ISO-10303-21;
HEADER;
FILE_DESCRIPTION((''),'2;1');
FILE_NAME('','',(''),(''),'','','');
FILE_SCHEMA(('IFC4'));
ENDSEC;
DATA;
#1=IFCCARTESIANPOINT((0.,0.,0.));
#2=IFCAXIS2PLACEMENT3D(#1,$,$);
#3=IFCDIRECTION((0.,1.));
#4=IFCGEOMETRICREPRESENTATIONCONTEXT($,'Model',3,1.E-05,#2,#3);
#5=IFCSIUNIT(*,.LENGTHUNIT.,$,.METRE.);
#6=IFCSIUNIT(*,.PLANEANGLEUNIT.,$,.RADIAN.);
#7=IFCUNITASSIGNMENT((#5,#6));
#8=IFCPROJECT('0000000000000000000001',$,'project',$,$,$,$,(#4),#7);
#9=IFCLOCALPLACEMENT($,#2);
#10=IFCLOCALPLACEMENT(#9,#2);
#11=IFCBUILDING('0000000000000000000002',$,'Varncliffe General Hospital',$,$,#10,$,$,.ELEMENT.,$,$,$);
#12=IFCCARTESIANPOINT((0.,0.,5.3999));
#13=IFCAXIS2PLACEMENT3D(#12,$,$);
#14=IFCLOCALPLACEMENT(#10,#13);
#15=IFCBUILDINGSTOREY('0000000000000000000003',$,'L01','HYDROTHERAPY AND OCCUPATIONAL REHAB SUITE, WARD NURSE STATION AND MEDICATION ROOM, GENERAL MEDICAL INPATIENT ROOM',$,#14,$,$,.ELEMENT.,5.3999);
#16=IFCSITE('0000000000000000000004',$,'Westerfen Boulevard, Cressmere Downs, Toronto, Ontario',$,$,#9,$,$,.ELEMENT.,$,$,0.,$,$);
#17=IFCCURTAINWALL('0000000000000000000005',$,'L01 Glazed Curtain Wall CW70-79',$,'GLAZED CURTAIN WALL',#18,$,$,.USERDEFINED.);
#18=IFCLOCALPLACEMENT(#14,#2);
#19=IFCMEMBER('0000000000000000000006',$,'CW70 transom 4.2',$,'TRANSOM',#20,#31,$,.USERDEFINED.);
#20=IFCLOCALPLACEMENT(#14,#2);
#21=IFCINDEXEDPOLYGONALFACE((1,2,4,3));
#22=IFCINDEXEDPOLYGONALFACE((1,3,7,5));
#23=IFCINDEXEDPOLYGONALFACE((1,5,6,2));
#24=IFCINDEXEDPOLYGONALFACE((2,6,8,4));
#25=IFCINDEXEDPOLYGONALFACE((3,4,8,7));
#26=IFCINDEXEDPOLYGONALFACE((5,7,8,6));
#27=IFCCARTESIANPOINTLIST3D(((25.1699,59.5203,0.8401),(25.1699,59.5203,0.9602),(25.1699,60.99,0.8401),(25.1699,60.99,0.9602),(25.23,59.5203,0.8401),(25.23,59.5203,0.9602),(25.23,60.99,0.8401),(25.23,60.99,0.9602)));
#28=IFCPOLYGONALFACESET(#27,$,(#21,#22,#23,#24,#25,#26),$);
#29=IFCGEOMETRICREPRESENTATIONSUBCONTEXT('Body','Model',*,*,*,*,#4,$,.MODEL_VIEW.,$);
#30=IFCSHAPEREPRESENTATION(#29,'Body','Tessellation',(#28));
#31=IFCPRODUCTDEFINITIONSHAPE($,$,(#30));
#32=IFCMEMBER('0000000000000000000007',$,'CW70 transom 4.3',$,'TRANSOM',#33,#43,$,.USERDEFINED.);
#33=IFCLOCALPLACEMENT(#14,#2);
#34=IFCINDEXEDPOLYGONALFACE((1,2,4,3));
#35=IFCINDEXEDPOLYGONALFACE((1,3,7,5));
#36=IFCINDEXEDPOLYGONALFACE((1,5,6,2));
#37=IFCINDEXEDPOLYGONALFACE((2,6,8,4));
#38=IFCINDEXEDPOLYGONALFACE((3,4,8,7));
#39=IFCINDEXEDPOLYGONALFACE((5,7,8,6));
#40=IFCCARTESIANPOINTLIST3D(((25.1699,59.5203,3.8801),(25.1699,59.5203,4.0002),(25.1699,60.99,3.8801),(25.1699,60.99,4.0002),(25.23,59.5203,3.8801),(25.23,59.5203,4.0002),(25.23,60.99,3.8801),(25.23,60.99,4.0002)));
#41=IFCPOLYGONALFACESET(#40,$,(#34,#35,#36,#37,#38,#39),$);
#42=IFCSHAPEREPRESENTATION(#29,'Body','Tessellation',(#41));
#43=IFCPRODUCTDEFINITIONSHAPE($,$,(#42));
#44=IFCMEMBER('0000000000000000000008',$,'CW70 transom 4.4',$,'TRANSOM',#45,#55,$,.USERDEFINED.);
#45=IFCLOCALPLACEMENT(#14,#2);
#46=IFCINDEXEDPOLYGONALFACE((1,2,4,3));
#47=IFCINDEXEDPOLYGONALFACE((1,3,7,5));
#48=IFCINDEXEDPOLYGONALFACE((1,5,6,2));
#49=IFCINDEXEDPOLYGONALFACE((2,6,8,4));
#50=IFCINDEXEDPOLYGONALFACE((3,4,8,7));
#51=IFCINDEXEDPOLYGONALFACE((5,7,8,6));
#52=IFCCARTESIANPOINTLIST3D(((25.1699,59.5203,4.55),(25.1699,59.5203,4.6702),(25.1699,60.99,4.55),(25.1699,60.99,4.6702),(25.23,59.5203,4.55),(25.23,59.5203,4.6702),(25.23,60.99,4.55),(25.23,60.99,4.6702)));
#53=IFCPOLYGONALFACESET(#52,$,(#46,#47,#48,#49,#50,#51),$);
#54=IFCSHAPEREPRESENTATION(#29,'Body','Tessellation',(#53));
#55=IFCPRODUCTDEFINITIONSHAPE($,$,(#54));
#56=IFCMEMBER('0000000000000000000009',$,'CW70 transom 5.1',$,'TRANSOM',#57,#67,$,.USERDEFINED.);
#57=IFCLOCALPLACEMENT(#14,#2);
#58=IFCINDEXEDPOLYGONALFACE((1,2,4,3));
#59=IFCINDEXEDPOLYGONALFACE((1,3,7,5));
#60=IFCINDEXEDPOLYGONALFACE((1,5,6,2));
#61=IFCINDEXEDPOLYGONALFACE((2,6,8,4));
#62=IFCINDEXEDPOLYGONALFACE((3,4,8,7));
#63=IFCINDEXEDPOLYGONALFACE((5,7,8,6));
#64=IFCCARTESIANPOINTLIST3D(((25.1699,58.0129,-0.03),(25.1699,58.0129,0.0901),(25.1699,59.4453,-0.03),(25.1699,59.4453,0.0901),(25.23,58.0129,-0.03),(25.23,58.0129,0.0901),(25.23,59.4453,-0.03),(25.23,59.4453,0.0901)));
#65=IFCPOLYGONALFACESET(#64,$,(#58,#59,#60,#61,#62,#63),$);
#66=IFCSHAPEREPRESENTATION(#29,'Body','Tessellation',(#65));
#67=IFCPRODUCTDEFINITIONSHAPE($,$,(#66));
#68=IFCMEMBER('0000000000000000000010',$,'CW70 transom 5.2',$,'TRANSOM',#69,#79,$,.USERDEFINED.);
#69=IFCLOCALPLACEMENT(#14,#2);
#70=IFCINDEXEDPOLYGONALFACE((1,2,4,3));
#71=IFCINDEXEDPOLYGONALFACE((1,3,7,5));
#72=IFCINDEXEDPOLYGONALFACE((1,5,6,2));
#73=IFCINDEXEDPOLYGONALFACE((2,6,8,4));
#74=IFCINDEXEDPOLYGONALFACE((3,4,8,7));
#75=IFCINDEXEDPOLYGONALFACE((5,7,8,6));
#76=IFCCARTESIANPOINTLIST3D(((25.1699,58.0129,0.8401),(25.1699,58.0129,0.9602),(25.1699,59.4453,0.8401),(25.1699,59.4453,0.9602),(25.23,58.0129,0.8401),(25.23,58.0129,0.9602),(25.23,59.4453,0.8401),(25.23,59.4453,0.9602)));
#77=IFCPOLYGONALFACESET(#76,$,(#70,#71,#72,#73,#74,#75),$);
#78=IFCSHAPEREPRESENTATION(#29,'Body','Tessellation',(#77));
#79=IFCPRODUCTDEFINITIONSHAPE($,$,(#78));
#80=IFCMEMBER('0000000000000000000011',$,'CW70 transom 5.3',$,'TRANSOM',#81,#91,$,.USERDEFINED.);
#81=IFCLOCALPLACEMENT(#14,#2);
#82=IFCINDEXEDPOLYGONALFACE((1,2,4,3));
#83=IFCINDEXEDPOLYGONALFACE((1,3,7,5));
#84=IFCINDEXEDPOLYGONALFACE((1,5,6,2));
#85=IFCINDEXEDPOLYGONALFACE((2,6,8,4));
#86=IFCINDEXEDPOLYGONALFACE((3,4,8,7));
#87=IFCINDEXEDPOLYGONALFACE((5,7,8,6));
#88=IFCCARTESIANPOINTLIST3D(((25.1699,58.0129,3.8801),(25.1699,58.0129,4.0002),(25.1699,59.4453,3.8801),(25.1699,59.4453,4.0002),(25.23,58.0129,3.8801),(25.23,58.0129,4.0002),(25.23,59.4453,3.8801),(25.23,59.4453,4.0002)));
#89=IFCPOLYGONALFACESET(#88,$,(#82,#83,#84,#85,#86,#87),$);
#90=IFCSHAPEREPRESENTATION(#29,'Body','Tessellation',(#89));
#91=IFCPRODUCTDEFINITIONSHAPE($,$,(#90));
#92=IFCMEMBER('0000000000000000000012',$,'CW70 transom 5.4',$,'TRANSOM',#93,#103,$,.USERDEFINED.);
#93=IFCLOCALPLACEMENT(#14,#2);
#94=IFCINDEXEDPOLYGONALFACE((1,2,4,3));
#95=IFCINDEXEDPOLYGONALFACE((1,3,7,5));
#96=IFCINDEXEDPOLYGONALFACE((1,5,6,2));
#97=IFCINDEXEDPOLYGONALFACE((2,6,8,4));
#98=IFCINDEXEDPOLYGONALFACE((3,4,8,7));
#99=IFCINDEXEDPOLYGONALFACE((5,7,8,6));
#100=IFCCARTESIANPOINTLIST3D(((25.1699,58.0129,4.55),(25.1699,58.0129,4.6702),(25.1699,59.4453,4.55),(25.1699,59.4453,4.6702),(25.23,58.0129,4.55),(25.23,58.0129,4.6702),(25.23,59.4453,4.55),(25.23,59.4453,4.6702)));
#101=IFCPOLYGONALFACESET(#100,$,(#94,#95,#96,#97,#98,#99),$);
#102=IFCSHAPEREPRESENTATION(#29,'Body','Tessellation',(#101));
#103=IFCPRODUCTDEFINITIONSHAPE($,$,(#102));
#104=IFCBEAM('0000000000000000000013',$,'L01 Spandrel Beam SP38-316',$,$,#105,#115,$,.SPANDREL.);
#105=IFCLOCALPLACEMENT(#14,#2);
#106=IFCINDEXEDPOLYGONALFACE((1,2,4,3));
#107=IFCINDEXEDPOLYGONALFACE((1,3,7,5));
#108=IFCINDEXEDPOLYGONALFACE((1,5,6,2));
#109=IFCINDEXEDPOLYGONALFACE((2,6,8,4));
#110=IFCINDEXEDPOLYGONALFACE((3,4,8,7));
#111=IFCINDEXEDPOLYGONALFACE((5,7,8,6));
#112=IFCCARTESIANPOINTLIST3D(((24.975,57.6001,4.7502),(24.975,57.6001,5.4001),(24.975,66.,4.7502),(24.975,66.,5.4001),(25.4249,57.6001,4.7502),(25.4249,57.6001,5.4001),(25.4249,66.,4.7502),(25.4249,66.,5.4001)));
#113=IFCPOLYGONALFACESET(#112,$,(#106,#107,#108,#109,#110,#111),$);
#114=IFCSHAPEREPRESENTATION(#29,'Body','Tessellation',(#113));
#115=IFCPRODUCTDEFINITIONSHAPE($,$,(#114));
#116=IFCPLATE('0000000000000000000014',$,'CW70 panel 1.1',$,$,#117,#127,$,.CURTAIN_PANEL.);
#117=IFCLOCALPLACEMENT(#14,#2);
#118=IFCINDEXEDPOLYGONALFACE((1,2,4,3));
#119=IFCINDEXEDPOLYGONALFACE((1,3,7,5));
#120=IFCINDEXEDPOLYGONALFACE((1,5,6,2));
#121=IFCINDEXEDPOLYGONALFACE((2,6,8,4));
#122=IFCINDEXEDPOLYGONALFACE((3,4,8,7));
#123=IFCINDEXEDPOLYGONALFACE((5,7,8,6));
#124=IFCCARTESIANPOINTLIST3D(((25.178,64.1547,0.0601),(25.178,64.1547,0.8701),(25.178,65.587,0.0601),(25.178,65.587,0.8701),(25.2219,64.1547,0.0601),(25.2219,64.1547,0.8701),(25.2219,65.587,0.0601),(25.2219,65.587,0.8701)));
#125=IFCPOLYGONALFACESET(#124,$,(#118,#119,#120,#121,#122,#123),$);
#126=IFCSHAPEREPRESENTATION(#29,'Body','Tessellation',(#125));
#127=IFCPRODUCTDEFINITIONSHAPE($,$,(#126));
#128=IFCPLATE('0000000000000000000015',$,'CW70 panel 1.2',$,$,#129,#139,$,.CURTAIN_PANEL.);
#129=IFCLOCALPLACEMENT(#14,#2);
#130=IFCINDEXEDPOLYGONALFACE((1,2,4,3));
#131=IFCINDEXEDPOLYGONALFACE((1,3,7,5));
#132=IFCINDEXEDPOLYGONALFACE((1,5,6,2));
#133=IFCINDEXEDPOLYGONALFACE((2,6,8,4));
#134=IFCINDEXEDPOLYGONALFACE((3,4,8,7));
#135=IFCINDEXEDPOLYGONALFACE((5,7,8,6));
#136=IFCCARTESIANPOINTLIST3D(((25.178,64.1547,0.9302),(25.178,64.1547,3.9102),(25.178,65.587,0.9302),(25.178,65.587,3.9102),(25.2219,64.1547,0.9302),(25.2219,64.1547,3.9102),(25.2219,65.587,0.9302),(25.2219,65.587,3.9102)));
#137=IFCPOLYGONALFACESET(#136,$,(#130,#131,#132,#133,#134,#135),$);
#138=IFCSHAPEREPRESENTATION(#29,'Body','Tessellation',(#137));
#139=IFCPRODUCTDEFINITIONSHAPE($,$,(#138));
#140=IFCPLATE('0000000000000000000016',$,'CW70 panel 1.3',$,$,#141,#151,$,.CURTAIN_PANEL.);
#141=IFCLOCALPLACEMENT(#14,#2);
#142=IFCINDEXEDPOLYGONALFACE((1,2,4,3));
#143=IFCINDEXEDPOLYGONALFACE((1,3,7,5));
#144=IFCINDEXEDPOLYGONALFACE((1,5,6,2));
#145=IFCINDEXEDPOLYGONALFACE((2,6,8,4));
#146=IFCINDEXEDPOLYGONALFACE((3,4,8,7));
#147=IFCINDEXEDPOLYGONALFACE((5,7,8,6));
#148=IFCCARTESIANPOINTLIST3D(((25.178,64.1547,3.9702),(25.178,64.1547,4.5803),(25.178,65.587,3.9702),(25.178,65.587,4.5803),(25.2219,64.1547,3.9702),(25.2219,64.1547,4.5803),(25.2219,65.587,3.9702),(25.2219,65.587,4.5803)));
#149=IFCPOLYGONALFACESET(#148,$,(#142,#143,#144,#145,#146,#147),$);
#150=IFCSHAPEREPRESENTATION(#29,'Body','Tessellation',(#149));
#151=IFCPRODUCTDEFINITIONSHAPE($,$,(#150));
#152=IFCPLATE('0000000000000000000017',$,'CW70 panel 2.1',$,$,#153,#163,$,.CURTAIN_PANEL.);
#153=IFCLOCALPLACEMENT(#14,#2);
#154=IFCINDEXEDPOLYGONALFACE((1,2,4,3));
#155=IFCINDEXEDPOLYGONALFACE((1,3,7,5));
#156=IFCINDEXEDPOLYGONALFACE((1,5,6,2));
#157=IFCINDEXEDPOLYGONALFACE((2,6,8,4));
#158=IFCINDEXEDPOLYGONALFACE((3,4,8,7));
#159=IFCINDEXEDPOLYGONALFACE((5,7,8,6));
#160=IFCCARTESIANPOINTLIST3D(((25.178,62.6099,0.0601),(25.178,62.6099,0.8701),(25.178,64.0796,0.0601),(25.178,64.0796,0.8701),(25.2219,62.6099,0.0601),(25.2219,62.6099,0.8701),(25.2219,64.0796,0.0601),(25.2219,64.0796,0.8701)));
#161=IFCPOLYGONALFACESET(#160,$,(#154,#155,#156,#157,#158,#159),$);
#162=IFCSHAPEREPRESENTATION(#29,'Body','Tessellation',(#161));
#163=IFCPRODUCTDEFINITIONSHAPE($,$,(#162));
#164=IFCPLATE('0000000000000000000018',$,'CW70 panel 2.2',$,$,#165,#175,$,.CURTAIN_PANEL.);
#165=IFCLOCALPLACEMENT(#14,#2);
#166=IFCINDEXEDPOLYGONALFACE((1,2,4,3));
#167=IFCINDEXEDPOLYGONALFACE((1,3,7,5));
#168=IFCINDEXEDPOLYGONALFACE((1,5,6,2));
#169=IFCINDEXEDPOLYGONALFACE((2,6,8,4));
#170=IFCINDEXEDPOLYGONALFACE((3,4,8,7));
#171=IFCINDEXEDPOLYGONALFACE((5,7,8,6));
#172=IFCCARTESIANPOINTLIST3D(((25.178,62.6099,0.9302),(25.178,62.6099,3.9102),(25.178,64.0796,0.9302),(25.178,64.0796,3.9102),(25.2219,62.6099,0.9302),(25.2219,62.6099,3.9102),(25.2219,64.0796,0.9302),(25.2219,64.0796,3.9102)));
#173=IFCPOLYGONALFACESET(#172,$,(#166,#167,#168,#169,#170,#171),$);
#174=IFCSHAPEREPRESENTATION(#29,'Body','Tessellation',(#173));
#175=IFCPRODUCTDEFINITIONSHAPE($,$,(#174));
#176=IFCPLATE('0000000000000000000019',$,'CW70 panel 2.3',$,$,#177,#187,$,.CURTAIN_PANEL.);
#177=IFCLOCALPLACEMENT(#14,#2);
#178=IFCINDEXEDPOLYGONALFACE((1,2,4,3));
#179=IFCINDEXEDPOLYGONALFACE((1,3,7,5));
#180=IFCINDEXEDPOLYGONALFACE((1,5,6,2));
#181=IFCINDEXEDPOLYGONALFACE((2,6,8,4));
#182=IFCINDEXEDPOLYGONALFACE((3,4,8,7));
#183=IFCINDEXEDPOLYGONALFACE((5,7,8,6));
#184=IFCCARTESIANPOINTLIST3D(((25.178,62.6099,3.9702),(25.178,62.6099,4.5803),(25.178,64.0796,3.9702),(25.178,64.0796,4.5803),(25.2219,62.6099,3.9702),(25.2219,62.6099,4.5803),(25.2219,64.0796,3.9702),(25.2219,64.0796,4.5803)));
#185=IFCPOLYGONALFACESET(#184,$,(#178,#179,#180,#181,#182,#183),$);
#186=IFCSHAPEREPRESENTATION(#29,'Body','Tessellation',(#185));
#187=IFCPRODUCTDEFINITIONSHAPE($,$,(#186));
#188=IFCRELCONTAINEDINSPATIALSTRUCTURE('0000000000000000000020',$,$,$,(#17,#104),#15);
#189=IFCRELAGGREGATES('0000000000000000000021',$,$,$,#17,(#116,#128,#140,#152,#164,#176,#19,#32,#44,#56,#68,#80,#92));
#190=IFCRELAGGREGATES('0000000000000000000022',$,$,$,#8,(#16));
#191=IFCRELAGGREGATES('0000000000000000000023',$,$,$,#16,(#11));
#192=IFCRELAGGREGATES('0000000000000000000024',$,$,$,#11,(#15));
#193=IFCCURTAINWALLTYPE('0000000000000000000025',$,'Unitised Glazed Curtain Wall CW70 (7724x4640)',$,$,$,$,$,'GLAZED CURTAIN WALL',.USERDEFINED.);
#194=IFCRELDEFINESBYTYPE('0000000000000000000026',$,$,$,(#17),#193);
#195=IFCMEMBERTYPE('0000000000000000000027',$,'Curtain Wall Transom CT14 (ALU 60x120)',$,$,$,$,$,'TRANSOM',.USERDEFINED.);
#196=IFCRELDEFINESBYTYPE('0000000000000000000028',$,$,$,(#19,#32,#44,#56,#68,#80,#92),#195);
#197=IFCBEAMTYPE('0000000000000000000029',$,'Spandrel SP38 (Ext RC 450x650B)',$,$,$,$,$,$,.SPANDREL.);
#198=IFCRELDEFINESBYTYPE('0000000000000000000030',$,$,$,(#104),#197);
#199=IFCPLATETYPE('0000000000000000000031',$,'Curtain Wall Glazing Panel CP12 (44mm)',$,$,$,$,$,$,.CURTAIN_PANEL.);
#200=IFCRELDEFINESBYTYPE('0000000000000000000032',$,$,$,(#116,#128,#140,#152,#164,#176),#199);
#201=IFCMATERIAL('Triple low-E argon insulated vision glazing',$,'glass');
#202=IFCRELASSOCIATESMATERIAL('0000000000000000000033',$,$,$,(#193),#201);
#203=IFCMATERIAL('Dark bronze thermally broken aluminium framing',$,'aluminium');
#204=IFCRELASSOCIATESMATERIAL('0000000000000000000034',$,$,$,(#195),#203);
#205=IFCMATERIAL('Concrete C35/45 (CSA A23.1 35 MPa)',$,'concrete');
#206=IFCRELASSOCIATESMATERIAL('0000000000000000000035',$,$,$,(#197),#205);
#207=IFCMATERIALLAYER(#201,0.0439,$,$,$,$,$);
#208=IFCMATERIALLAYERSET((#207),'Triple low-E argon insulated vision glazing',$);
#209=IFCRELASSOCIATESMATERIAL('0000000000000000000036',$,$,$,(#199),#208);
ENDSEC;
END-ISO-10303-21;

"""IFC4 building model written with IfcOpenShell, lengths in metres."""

from ifc_helpers import new_model, si_unit, direction, frame, origin, origin_2d, place, context, subcontext, project, spatial, rectangle, extrude, material, layer, layer_set, material_profile, profile_set, type_object, element, aggregate, save


model = new_model("IFC4")

# Units and contexts
model_context = context("Model", 3, precision=1e-05, world=origin(), true_north=direction((0.0, 1.0)))
body_context = subcontext(model_context, "Body", "Model", "MODEL_VIEW")
ifc_project = project(units=[si_unit("LENGTHUNIT", "METRE"), si_unit("PLANEANGLEUNIT", "RADIAN")], contexts=[model_context])

# Site, building, storey
site_placement = place(None, origin())
site = spatial("IfcSite", under=ifc_project, at=site_placement, Name="Westerfen Boulevard, Cressmere Downs, Toronto, Ontario", CompositionType="ELEMENT", RefElevation=0.0)
building_placement = place(site_placement, origin())
building = spatial("IfcBuilding", under=site, at=building_placement, Name="Varncliffe General Hospital", CompositionType="ELEMENT")
storey_placement = place(building_placement, frame((0.0, 0.0, 5.3999)))
storey = spatial("IfcBuildingStorey", under=building, at=storey_placement, Name="L01", Description="HYDROTHERAPY AND OCCUPATIONAL REHAB SUITE, WARD NURSE STATION AND MEDICATION ROOM, GENERAL MEDICAL INPATIENT ROOM", CompositionType="ELEMENT", Elevation=5.3999)

# Curtain wall, members
ifc_material_1 = material(Name="Triple low-E argon insulated vision glazing", Category="glass")
curtain_wall_type = type_object("IfcCurtainWallType", Name="Unitised Glazed Curtain Wall CW70 (7724x4640)", ElementType="GLAZED CURTAIN WALL", PredefinedType="USERDEFINED", material=ifc_material_1)
curtain_wall_placement = place(storey_placement, origin())
curtain_wall = element("IfcCurtainWall", 1, at=curtain_wall_placement, inside=storey, type_object=curtain_wall_type, Name="L01 Glazed Curtain Wall CW70-79", ObjectType="GLAZED CURTAIN WALL", PredefinedType="USERDEFINED")
ifc_material_2 = material(Name="Dark bronze thermally broken aluminium framing", Category="aluminium")
ifc_material_profile_1 = material_profile(ifc_material_2, rectangle(XDim=0.0601, YDim=0.1201, at=origin_2d()), Name="ALU 60x120")
ifc_profile_set_1 = profile_set([ifc_material_profile_1], Name="Dark bronze thermally broken aluminium framing")
member_type_1 = type_object("IfcMemberType", Name="Curtain Wall Transom CT14 (ALU 60x120)", ElementType="TRANSOM", PredefinedType="USERDEFINED", material=ifc_profile_set_1)
member_1_placement = place(storey_placement, frame((25.2, 60.99, 0.9001), z_axis=(0.0, -1.0, 0.0), x_axis=(1.0, 0.0, 0.0)))
member_1 = element("IfcMember", 2, at=member_1_placement, type_object=member_type_1, Name="CW70 transom 4.2", ObjectType="TRANSOM", PredefinedType="USERDEFINED", context=body_context, shape_type="SweptSolid", body=[
    extrude(rectangle(XDim=0.0601, YDim=0.1201, at=origin_2d()), origin(), (0.0, 0.0, 1.0), 1.4697),
])
member_2_placement = place(storey_placement, frame((25.2, 60.99, 3.9402), z_axis=(0.0, -1.0, 0.0), x_axis=(1.0, 0.0, 0.0)))
member_2 = element("IfcMember", 3, at=member_2_placement, type_object=member_type_1, Name="CW70 transom 4.3", ObjectType="TRANSOM", PredefinedType="USERDEFINED", context=body_context, shape_type="SweptSolid", body=[
    extrude(rectangle(XDim=0.0601, YDim=0.1201, at=origin_2d()), origin(), (0.0, 0.0, 1.0), 1.4697),
])
member_3_placement = place(storey_placement, frame((25.2, 60.99, 4.6101), z_axis=(0.0, -1.0, 0.0), x_axis=(1.0, 0.0, 0.0)))
member_3 = element("IfcMember", 4, at=member_3_placement, type_object=member_type_1, Name="CW70 transom 4.4", ObjectType="TRANSOM", PredefinedType="USERDEFINED", context=body_context, shape_type="SweptSolid", body=[
    extrude(rectangle(XDim=0.0601, YDim=0.1201, at=origin_2d()), origin(), (0.0, 0.0, 1.0), 1.4697),
])
member_4_placement = place(storey_placement, frame((25.2, 59.4453, 0.03), z_axis=(0.0, -1.0, 0.0), x_axis=(1.0, 0.0, 0.0)))
member_4 = element("IfcMember", 5, at=member_4_placement, type_object=member_type_1, Name="CW70 transom 5.1", ObjectType="TRANSOM", PredefinedType="USERDEFINED", context=body_context, shape_type="SweptSolid", body=[
    extrude(rectangle(XDim=0.0601, YDim=0.1201, at=origin_2d()), origin(), (0.0, 0.0, 1.0), 1.4324),
])
member_5_placement = place(storey_placement, frame((25.2, 59.4453, 0.9001), z_axis=(0.0, -1.0, 0.0), x_axis=(1.0, 0.0, 0.0)))
member_5 = element("IfcMember", 6, at=member_5_placement, type_object=member_type_1, Name="CW70 transom 5.2", ObjectType="TRANSOM", PredefinedType="USERDEFINED", context=body_context, shape_type="SweptSolid", body=[
    extrude(rectangle(XDim=0.0601, YDim=0.1201, at=origin_2d()), origin(), (0.0, 0.0, 1.0), 1.4324),
])
member_6_placement = place(storey_placement, frame((25.2, 59.4453, 3.9402), z_axis=(0.0, -1.0, 0.0), x_axis=(1.0, 0.0, 0.0)))
member_6 = element("IfcMember", 7, at=member_6_placement, type_object=member_type_1, Name="CW70 transom 5.3", ObjectType="TRANSOM", PredefinedType="USERDEFINED", context=body_context, shape_type="SweptSolid", body=[
    extrude(rectangle(XDim=0.0601, YDim=0.1201, at=origin_2d()), origin(), (0.0, 0.0, 1.0), 1.4324),
])
member_7_placement = place(storey_placement, frame((25.2, 59.4453, 4.6101), z_axis=(0.0, -1.0, 0.0), x_axis=(1.0, 0.0, 0.0)))
member_7 = element("IfcMember", 8, at=member_7_placement, type_object=member_type_1, Name="CW70 transom 5.4", ObjectType="TRANSOM", PredefinedType="USERDEFINED", context=body_context, shape_type="SweptSolid", body=[
    extrude(rectangle(XDim=0.0601, YDim=0.1201, at=origin_2d()), origin(), (0.0, 0.0, 1.0), 1.4324),
])

# Beam
ifc_material_3 = material(Name="Concrete C35/45 (CSA A23.1 35 MPa)", Category="concrete")
ifc_material_profile_2 = material_profile(ifc_material_3, rectangle(XDim=0.45, YDim=0.6499, at=origin_2d()), Name="RC 450x650")
ifc_profile_set_2 = profile_set([ifc_material_profile_2], Name="Concrete C35/45 (CSA A23.1 35 MPa)")
beam_type = type_object("IfcBeamType", Name="Spandrel SP38 (Ext RC 450x650B)", PredefinedType="SPANDREL", material=ifc_profile_set_2)
beam_placement = place(storey_placement, frame((25.2, 57.6001, 5.0752), z_axis=(0.0, 1.0, 0.0), x_axis=(-1.0, 0.0, 0.0)))
element("IfcBeam", 9, at=beam_placement, inside=storey, type_object=beam_type, Name="L01 Spandrel Beam SP38-316", PredefinedType="SPANDREL", context=body_context, shape_type="SweptSolid", body=[
    extrude(rectangle(XDim=0.45, YDim=0.6499, at=origin_2d()), origin(), (0.0, 0.0, 1.0), 8.3999),
])

# Plates
ifc_layer = layer(ifc_material_1, 0.0439)
ifc_layer_set = layer_set([ifc_layer], Name="Triple low-E argon insulated vision glazing")
plate_type = type_object("IfcPlateType", Name="Curtain Wall Glazing Panel CP12 (44mm)", PredefinedType="CURTAIN_PANEL", material=ifc_layer_set)
plate_1_placement = place(storey_placement, frame((25.2, 64.8708, 0.0601), z_axis=(0.0, 0.0, 1.0), x_axis=(0.0, -1.0, 0.0)))
plate_1 = element("IfcPlate", 10, at=plate_1_placement, type_object=plate_type, Name="CW70 panel 1.1", PredefinedType="CURTAIN_PANEL", context=body_context, shape_type="SweptSolid", body=[
    extrude(rectangle(XDim=1.4324, YDim=0.0439, at=origin_2d()), origin(), (0.0, 0.0, 1.0), 0.8101),
])
plate_2_placement = place(storey_placement, frame((25.2, 64.8708, 0.9302), z_axis=(0.0, 0.0, 1.0), x_axis=(0.0, -1.0, 0.0)))
plate_2 = element("IfcPlate", 11, at=plate_2_placement, type_object=plate_type, Name="CW70 panel 1.2", PredefinedType="CURTAIN_PANEL", context=body_context, shape_type="SweptSolid", body=[
    extrude(rectangle(XDim=1.4324, YDim=0.0439, at=origin_2d()), origin(), (0.0, 0.0, 1.0), 2.98),
])
plate_3_placement = place(storey_placement, frame((25.2, 64.8708, 3.9702), z_axis=(0.0, 0.0, 1.0), x_axis=(0.0, -1.0, 0.0)))
plate_3 = element("IfcPlate", 12, at=plate_3_placement, type_object=plate_type, Name="CW70 panel 1.3", PredefinedType="CURTAIN_PANEL", context=body_context, shape_type="SweptSolid", body=[
    extrude(rectangle(XDim=1.4324, YDim=0.0439, at=origin_2d()), origin(), (0.0, 0.0, 1.0), 0.6101),
])
plate_4_placement = place(storey_placement, frame((25.2, 63.3447, 0.0601), z_axis=(0.0, 0.0, 1.0), x_axis=(0.0, -1.0, 0.0)))
plate_4 = element("IfcPlate", 13, at=plate_4_placement, type_object=plate_type, Name="CW70 panel 2.1", PredefinedType="CURTAIN_PANEL", context=body_context, shape_type="SweptSolid", body=[
    extrude(rectangle(XDim=1.4697, YDim=0.0439, at=origin_2d()), origin(), (0.0, 0.0, 1.0), 0.8101),
])
plate_5_placement = place(storey_placement, frame((25.2, 63.3447, 0.9302), z_axis=(0.0, 0.0, 1.0), x_axis=(0.0, -1.0, 0.0)))
plate_5 = element("IfcPlate", 14, at=plate_5_placement, type_object=plate_type, Name="CW70 panel 2.2", PredefinedType="CURTAIN_PANEL", context=body_context, shape_type="SweptSolid", body=[
    extrude(rectangle(XDim=1.4697, YDim=0.0439, at=origin_2d()), origin(), (0.0, 0.0, 1.0), 2.98),
])
plate_6_placement = place(storey_placement, frame((25.2, 63.3447, 3.9702), z_axis=(0.0, 0.0, 1.0), x_axis=(0.0, -1.0, 0.0)))
plate_6 = element("IfcPlate", 15, at=plate_6_placement, type_object=plate_type, Name="CW70 panel 2.3", PredefinedType="CURTAIN_PANEL", context=body_context, shape_type="SweptSolid", body=[
    extrude(rectangle(XDim=1.4697, YDim=0.0439, at=origin_2d()), origin(), (0.0, 0.0, 1.0), 0.6101),
])
aggregate(curtain_wall, [plate_1, plate_2, plate_3, plate_4, plate_5, plate_6, member_1, member_2, member_3, member_4, member_5, member_6, member_7])

save(model, "model.ifc")
